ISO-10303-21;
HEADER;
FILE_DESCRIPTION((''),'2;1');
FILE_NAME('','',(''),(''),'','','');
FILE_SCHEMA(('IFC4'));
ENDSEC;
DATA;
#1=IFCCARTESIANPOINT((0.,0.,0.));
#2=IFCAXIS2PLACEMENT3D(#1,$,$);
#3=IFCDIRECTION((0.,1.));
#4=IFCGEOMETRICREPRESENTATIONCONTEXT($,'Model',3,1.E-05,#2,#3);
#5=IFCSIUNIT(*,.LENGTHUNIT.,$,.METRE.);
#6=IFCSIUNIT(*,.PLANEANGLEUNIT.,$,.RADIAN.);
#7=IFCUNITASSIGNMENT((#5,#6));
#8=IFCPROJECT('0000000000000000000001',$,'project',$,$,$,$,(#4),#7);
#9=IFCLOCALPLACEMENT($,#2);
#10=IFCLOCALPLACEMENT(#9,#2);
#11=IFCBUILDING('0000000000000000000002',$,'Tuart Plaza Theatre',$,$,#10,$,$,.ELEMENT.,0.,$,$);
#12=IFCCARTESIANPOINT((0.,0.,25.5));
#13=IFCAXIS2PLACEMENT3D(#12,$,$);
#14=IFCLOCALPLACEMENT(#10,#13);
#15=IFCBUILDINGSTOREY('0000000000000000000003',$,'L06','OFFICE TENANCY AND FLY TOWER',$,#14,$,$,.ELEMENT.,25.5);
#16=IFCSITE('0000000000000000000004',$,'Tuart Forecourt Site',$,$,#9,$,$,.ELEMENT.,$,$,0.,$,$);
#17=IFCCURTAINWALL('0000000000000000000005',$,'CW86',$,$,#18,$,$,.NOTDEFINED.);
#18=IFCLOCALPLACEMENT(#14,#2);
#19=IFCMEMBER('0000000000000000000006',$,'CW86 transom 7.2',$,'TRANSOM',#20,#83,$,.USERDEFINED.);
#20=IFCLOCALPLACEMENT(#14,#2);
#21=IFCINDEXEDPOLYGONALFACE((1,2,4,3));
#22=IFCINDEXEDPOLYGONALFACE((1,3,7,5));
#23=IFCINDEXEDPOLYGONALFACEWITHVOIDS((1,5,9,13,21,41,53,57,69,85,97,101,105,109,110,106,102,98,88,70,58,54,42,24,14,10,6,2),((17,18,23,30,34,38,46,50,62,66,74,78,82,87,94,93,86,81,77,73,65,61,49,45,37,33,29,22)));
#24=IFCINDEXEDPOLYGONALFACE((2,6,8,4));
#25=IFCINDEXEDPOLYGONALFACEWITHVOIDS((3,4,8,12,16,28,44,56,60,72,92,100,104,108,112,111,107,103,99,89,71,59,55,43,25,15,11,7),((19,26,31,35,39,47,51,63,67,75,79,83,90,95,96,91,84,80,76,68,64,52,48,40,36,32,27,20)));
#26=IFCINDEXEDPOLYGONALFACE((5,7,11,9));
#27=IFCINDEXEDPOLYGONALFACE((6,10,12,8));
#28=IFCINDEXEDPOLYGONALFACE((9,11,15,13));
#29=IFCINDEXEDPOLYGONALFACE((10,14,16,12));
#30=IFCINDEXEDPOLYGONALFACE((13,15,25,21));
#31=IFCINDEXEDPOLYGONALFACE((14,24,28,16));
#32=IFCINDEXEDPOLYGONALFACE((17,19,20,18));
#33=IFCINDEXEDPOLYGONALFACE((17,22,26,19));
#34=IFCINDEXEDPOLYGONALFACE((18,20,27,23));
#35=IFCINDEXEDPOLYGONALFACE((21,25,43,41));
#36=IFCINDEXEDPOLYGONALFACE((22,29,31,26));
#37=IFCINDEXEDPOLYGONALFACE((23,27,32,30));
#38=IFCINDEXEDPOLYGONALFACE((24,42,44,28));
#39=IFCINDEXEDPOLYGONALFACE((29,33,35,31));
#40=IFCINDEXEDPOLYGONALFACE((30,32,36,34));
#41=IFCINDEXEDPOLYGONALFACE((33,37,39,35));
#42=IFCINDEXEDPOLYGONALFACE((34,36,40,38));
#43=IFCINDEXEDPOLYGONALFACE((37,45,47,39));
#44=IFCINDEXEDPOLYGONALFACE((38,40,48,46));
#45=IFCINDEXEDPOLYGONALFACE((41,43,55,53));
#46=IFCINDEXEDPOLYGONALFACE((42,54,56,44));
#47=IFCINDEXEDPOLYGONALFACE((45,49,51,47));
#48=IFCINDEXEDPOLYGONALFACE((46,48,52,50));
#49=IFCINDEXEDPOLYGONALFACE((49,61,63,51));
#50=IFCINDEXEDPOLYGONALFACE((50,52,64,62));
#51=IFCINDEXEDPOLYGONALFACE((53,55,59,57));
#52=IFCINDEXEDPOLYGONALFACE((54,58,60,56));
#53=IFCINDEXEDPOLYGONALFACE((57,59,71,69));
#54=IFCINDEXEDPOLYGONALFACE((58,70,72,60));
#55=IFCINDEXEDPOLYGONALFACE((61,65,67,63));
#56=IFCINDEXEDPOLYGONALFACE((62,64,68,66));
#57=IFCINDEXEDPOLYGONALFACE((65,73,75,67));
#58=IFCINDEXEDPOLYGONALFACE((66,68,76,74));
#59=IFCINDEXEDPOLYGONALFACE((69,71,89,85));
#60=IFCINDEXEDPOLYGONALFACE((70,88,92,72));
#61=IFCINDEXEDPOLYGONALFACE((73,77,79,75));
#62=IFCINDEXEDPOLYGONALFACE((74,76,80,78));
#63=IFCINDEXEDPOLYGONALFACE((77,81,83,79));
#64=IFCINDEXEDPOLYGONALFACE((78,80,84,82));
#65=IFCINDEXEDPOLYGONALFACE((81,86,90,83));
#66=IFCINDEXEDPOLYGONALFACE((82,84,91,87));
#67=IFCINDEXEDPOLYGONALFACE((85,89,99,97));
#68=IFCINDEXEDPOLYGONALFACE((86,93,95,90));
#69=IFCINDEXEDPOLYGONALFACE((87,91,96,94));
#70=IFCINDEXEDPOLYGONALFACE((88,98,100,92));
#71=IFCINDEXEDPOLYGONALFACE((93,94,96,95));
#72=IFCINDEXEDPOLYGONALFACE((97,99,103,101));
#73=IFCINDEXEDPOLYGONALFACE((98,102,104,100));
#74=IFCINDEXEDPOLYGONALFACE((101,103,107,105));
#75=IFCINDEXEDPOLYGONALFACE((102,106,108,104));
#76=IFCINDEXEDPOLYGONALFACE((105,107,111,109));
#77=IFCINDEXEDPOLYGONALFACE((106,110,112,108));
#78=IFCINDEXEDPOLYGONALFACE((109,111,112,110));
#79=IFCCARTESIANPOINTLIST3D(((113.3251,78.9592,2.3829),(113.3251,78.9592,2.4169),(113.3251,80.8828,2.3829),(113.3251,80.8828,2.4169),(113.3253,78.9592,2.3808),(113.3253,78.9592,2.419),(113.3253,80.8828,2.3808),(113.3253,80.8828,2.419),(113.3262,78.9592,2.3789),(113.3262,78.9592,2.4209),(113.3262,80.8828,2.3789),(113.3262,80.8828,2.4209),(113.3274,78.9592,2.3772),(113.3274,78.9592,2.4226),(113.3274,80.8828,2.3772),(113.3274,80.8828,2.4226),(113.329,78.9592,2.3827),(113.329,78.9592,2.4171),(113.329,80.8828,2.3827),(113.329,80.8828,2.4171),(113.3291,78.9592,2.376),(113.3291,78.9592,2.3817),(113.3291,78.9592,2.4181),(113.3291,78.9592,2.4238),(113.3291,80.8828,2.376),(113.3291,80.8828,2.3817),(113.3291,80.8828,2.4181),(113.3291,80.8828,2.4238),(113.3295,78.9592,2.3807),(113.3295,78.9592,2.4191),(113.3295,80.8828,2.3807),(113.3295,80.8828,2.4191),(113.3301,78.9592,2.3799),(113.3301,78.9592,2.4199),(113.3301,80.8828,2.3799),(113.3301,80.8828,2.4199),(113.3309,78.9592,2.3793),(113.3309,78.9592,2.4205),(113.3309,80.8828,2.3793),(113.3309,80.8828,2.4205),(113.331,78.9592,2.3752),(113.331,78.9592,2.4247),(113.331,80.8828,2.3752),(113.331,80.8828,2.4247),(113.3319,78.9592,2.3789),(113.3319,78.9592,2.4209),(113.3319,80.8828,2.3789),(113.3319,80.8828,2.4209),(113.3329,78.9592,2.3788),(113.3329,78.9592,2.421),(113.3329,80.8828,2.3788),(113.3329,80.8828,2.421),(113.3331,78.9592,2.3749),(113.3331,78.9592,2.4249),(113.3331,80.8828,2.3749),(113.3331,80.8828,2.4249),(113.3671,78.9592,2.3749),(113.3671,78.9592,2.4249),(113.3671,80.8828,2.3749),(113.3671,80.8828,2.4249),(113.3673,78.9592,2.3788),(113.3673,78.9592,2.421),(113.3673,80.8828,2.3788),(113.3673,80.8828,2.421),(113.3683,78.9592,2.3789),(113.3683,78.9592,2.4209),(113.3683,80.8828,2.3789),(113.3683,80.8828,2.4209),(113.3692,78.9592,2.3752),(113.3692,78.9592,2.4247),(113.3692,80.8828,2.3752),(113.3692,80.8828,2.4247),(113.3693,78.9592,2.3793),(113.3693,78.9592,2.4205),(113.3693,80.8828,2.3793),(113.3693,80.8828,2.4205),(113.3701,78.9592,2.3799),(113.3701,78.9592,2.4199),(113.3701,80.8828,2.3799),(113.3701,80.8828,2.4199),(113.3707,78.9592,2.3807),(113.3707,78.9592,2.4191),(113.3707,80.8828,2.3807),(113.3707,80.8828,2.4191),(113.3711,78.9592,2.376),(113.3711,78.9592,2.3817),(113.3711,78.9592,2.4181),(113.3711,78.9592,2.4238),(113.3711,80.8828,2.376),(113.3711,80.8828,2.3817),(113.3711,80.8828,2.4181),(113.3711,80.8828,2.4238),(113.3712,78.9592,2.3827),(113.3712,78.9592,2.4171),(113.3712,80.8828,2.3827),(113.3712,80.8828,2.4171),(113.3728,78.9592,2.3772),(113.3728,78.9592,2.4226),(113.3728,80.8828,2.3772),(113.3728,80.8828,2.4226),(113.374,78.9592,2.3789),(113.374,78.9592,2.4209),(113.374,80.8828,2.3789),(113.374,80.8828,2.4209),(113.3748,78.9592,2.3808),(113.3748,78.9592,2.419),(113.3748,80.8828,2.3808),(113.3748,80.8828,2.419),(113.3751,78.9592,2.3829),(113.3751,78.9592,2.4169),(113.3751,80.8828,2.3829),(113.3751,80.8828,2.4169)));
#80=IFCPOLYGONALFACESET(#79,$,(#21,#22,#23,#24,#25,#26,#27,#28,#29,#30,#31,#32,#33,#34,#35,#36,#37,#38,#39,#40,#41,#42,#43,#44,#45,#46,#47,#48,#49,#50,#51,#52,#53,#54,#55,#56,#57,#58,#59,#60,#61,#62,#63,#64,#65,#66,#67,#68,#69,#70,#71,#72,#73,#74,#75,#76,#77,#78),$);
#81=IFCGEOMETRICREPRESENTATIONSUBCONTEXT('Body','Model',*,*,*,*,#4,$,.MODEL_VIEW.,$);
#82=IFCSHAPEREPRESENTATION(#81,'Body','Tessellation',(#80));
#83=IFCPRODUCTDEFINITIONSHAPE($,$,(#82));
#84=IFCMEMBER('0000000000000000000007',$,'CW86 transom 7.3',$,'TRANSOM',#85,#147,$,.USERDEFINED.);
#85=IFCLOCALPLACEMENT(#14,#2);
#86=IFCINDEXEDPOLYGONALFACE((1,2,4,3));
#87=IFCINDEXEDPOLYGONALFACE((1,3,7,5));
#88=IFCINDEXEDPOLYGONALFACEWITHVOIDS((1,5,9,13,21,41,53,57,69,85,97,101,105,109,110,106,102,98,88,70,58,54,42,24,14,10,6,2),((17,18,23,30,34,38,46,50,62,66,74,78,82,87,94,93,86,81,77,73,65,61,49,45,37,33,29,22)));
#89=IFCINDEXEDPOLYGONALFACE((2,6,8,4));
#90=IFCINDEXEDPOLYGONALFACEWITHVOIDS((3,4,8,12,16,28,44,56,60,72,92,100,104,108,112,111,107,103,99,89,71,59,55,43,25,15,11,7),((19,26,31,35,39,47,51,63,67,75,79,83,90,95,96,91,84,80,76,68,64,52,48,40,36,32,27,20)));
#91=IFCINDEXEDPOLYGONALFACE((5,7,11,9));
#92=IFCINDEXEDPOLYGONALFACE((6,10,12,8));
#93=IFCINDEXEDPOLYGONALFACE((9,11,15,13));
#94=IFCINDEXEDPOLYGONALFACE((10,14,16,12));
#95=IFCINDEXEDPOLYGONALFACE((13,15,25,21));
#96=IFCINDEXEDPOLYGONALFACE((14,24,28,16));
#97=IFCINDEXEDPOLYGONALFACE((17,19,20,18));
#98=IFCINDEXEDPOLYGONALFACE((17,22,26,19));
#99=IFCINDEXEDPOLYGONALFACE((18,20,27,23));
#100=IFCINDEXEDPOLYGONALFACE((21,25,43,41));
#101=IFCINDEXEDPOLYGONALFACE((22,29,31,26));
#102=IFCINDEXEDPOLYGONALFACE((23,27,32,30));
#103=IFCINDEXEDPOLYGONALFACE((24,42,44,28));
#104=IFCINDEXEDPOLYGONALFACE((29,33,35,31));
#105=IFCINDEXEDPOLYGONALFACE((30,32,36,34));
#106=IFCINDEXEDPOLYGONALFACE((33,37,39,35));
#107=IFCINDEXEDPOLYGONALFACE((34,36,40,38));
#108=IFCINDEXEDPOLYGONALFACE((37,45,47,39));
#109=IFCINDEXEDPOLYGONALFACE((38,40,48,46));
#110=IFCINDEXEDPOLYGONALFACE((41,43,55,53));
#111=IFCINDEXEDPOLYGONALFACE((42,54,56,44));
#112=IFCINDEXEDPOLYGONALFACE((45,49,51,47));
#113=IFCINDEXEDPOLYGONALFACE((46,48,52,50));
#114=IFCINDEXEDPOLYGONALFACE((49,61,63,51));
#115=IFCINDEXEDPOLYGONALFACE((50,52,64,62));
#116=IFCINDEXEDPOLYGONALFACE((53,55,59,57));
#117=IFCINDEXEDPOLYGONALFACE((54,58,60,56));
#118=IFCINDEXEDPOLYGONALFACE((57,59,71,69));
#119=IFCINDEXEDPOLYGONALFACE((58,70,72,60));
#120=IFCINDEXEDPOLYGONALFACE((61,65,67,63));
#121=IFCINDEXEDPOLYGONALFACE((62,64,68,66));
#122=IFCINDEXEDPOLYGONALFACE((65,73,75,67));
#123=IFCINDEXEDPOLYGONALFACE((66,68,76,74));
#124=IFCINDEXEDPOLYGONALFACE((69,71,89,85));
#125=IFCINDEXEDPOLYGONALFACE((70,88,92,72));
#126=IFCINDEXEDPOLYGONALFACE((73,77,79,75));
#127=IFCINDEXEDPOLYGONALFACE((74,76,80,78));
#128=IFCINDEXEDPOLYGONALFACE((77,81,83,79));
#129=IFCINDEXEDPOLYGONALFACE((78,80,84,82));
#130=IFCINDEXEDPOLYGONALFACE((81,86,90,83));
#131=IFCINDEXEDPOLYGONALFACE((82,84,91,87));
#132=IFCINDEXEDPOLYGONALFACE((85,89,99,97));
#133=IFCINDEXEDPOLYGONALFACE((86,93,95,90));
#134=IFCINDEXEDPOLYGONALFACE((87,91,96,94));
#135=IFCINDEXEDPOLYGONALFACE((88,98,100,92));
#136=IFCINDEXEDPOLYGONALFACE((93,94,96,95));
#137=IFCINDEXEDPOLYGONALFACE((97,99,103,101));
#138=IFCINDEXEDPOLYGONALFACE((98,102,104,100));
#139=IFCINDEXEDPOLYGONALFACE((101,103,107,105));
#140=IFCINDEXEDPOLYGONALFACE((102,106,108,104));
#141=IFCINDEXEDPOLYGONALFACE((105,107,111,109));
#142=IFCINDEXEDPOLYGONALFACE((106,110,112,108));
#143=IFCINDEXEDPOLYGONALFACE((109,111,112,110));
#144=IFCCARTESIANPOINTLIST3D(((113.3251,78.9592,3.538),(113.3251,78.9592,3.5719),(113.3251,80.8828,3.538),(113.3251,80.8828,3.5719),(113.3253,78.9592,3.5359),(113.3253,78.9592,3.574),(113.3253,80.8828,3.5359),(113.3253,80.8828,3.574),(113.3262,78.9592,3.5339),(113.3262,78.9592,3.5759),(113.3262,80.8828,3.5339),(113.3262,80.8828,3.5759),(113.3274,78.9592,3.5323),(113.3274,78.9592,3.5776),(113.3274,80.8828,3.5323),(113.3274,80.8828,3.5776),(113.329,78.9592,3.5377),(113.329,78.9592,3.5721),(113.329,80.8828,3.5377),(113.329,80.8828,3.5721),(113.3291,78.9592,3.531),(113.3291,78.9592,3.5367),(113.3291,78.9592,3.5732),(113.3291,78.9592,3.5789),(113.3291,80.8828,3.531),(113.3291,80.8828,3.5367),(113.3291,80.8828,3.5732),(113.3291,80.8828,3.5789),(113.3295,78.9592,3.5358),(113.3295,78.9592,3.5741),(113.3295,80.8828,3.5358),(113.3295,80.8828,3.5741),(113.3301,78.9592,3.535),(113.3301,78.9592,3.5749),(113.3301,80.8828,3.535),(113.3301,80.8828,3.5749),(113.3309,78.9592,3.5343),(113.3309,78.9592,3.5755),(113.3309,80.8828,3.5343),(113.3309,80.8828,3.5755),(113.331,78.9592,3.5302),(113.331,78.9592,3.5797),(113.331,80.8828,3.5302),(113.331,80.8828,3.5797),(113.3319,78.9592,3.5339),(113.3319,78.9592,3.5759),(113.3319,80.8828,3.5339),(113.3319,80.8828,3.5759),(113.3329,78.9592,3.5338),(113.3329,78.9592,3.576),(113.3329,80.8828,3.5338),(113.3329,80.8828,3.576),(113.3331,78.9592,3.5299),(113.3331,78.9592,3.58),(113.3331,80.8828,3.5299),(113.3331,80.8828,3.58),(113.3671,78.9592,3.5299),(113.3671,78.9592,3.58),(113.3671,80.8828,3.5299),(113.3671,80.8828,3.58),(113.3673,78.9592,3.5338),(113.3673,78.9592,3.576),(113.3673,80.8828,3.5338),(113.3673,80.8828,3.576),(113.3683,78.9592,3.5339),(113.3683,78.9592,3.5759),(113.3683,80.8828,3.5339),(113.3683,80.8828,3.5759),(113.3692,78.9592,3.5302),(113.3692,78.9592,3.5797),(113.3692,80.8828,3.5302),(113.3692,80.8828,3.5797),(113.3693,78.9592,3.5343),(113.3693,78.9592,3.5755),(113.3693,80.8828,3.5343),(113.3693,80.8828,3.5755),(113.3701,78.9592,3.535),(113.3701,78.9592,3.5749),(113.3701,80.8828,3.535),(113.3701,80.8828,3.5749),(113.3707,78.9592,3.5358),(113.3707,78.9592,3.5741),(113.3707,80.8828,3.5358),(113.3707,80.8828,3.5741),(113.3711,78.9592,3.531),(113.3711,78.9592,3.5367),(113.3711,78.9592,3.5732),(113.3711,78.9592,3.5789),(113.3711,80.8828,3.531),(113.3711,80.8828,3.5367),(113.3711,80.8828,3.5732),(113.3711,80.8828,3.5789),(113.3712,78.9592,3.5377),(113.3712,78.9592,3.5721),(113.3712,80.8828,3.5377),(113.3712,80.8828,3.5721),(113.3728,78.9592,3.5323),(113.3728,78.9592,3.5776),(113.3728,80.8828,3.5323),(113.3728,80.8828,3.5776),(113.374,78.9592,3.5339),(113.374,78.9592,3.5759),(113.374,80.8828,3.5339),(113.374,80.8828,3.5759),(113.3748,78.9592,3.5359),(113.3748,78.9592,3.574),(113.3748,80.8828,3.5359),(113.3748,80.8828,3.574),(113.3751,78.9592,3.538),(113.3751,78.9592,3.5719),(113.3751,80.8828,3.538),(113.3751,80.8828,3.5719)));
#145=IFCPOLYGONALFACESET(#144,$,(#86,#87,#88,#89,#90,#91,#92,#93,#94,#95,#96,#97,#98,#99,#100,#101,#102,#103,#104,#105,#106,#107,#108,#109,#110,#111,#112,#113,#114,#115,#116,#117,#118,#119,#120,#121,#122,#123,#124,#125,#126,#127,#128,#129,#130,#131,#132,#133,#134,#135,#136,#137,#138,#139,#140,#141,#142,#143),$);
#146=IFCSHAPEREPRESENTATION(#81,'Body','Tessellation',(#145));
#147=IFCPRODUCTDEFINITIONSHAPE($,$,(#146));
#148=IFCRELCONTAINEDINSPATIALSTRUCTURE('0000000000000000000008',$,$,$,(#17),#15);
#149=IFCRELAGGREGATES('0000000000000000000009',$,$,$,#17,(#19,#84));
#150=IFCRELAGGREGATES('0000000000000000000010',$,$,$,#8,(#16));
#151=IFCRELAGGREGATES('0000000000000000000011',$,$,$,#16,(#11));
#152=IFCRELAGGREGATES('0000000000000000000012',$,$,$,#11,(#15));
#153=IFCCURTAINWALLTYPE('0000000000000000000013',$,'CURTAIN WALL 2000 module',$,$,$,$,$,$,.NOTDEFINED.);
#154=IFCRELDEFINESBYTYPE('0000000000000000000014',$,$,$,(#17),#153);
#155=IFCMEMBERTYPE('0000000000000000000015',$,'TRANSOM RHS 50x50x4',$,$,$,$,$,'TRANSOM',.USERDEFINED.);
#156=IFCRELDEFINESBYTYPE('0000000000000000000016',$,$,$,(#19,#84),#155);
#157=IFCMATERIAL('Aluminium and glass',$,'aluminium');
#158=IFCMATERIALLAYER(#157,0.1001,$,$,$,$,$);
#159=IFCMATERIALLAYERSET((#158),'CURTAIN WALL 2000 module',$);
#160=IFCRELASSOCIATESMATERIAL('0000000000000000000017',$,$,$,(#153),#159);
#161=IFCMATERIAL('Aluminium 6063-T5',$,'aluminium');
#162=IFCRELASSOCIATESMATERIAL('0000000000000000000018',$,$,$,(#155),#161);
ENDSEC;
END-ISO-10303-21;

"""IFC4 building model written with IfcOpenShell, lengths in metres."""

from ifc_helpers import new_model, si_unit, direction, frame, origin, origin_2d, place, context, subcontext, project, spatial, hollow_rectangle, extrude, material, layer, layer_set, material_profile, profile_set, type_object, element, aggregate, save


model = new_model("IFC4")

# Units and contexts
model_context = context("Model", 3, precision=1e-05, world=origin(), true_north=direction((0.0, 1.0)))
body_context = subcontext(model_context, "Body", "Model", "MODEL_VIEW")
ifc_project = project(units=[si_unit("LENGTHUNIT", "METRE"), si_unit("PLANEANGLEUNIT", "RADIAN")], contexts=[model_context])

# Site, building, storey
site_placement = place(None, origin())
site = spatial("IfcSite", under=ifc_project, at=site_placement, Name="Tuart Forecourt Site", CompositionType="ELEMENT", RefElevation=0.0)
building_placement = place(site_placement, origin())
building = spatial("IfcBuilding", under=site, at=building_placement, Name="Tuart Plaza Theatre", CompositionType="ELEMENT", ElevationOfRefHeight=0.0)
storey_placement = place(building_placement, frame((0.0, 0.0, 25.5)))
storey = spatial("IfcBuildingStorey", under=building, at=storey_placement, Name="L06", Description="OFFICE TENANCY AND FLY TOWER", CompositionType="ELEMENT", Elevation=25.5)

# Curtain wall, members
ifc_material_1 = material(Name="Aluminium and glass", Category="aluminium")
ifc_layer_1 = layer(ifc_material_1, 0.1001)
ifc_layer_set_1 = layer_set([ifc_layer_1], Name="CURTAIN WALL 2000 module")
curtain_wall_type = type_object("IfcCurtainWallType", Name="CURTAIN WALL 2000 module", PredefinedType="NOTDEFINED", material=ifc_layer_set_1)
curtain_wall_placement = place(storey_placement, origin())
curtain_wall = element("IfcCurtainWall", 1, at=curtain_wall_placement, inside=storey, type_object=curtain_wall_type, Name="CW86", PredefinedType="NOTDEFINED")
ifc_material_2 = material(Name="Aluminium 6063-T5", Category="aluminium")
ifc_material_profile = material_profile(ifc_material_2, hollow_rectangle(XDim=0.05, YDim=0.05, WallThickness=0.0039, InnerFilletRadius=0.0039, OuterFilletRadius=0.0081, at=origin_2d()), Name="RHS 50x50x4")
ifc_profile_set = profile_set([ifc_material_profile], Name="Aluminium 6063-T5")
member_type = type_object("IfcMemberType", Name="TRANSOM RHS 50x50x4", ElementType="TRANSOM", PredefinedType="USERDEFINED", material=ifc_profile_set)
member_1_placement = place(storey_placement, frame((113.3501, 80.8828, 2.3999), z_axis=(0.0, -1.0, 0.0), x_axis=(1.0, 0.0, 0.0)))
member_1 = element("IfcMember", 2, at=member_1_placement, type_object=member_type, Name="CW86 transom 7.2", ObjectType="TRANSOM", PredefinedType="USERDEFINED", context=body_context, shape_type="SweptSolid", body=[
    extrude(hollow_rectangle(XDim=0.05, YDim=0.05, WallThickness=0.0039, InnerFilletRadius=0.0039, OuterFilletRadius=0.0081, at=origin_2d()), origin(), (0.0, 0.0, 1.0), 1.9236),
])
member_2_placement = place(storey_placement, frame((113.3501, 80.8828, 3.5549), z_axis=(0.0, -1.0, 0.0), x_axis=(1.0, 0.0, 0.0)))
member_2 = element("IfcMember", 3, at=member_2_placement, type_object=member_type, Name="CW86 transom 7.3", ObjectType="TRANSOM", PredefinedType="USERDEFINED", context=body_context, shape_type="SweptSolid", body=[
    extrude(hollow_rectangle(XDim=0.05, YDim=0.05, WallThickness=0.0039, InnerFilletRadius=0.0039, OuterFilletRadius=0.0081, at=origin_2d()), origin(), (0.0, 0.0, 1.0), 1.9236),
])
aggregate(curtain_wall, [member_1, member_2])

save(model, "model.ifc")
